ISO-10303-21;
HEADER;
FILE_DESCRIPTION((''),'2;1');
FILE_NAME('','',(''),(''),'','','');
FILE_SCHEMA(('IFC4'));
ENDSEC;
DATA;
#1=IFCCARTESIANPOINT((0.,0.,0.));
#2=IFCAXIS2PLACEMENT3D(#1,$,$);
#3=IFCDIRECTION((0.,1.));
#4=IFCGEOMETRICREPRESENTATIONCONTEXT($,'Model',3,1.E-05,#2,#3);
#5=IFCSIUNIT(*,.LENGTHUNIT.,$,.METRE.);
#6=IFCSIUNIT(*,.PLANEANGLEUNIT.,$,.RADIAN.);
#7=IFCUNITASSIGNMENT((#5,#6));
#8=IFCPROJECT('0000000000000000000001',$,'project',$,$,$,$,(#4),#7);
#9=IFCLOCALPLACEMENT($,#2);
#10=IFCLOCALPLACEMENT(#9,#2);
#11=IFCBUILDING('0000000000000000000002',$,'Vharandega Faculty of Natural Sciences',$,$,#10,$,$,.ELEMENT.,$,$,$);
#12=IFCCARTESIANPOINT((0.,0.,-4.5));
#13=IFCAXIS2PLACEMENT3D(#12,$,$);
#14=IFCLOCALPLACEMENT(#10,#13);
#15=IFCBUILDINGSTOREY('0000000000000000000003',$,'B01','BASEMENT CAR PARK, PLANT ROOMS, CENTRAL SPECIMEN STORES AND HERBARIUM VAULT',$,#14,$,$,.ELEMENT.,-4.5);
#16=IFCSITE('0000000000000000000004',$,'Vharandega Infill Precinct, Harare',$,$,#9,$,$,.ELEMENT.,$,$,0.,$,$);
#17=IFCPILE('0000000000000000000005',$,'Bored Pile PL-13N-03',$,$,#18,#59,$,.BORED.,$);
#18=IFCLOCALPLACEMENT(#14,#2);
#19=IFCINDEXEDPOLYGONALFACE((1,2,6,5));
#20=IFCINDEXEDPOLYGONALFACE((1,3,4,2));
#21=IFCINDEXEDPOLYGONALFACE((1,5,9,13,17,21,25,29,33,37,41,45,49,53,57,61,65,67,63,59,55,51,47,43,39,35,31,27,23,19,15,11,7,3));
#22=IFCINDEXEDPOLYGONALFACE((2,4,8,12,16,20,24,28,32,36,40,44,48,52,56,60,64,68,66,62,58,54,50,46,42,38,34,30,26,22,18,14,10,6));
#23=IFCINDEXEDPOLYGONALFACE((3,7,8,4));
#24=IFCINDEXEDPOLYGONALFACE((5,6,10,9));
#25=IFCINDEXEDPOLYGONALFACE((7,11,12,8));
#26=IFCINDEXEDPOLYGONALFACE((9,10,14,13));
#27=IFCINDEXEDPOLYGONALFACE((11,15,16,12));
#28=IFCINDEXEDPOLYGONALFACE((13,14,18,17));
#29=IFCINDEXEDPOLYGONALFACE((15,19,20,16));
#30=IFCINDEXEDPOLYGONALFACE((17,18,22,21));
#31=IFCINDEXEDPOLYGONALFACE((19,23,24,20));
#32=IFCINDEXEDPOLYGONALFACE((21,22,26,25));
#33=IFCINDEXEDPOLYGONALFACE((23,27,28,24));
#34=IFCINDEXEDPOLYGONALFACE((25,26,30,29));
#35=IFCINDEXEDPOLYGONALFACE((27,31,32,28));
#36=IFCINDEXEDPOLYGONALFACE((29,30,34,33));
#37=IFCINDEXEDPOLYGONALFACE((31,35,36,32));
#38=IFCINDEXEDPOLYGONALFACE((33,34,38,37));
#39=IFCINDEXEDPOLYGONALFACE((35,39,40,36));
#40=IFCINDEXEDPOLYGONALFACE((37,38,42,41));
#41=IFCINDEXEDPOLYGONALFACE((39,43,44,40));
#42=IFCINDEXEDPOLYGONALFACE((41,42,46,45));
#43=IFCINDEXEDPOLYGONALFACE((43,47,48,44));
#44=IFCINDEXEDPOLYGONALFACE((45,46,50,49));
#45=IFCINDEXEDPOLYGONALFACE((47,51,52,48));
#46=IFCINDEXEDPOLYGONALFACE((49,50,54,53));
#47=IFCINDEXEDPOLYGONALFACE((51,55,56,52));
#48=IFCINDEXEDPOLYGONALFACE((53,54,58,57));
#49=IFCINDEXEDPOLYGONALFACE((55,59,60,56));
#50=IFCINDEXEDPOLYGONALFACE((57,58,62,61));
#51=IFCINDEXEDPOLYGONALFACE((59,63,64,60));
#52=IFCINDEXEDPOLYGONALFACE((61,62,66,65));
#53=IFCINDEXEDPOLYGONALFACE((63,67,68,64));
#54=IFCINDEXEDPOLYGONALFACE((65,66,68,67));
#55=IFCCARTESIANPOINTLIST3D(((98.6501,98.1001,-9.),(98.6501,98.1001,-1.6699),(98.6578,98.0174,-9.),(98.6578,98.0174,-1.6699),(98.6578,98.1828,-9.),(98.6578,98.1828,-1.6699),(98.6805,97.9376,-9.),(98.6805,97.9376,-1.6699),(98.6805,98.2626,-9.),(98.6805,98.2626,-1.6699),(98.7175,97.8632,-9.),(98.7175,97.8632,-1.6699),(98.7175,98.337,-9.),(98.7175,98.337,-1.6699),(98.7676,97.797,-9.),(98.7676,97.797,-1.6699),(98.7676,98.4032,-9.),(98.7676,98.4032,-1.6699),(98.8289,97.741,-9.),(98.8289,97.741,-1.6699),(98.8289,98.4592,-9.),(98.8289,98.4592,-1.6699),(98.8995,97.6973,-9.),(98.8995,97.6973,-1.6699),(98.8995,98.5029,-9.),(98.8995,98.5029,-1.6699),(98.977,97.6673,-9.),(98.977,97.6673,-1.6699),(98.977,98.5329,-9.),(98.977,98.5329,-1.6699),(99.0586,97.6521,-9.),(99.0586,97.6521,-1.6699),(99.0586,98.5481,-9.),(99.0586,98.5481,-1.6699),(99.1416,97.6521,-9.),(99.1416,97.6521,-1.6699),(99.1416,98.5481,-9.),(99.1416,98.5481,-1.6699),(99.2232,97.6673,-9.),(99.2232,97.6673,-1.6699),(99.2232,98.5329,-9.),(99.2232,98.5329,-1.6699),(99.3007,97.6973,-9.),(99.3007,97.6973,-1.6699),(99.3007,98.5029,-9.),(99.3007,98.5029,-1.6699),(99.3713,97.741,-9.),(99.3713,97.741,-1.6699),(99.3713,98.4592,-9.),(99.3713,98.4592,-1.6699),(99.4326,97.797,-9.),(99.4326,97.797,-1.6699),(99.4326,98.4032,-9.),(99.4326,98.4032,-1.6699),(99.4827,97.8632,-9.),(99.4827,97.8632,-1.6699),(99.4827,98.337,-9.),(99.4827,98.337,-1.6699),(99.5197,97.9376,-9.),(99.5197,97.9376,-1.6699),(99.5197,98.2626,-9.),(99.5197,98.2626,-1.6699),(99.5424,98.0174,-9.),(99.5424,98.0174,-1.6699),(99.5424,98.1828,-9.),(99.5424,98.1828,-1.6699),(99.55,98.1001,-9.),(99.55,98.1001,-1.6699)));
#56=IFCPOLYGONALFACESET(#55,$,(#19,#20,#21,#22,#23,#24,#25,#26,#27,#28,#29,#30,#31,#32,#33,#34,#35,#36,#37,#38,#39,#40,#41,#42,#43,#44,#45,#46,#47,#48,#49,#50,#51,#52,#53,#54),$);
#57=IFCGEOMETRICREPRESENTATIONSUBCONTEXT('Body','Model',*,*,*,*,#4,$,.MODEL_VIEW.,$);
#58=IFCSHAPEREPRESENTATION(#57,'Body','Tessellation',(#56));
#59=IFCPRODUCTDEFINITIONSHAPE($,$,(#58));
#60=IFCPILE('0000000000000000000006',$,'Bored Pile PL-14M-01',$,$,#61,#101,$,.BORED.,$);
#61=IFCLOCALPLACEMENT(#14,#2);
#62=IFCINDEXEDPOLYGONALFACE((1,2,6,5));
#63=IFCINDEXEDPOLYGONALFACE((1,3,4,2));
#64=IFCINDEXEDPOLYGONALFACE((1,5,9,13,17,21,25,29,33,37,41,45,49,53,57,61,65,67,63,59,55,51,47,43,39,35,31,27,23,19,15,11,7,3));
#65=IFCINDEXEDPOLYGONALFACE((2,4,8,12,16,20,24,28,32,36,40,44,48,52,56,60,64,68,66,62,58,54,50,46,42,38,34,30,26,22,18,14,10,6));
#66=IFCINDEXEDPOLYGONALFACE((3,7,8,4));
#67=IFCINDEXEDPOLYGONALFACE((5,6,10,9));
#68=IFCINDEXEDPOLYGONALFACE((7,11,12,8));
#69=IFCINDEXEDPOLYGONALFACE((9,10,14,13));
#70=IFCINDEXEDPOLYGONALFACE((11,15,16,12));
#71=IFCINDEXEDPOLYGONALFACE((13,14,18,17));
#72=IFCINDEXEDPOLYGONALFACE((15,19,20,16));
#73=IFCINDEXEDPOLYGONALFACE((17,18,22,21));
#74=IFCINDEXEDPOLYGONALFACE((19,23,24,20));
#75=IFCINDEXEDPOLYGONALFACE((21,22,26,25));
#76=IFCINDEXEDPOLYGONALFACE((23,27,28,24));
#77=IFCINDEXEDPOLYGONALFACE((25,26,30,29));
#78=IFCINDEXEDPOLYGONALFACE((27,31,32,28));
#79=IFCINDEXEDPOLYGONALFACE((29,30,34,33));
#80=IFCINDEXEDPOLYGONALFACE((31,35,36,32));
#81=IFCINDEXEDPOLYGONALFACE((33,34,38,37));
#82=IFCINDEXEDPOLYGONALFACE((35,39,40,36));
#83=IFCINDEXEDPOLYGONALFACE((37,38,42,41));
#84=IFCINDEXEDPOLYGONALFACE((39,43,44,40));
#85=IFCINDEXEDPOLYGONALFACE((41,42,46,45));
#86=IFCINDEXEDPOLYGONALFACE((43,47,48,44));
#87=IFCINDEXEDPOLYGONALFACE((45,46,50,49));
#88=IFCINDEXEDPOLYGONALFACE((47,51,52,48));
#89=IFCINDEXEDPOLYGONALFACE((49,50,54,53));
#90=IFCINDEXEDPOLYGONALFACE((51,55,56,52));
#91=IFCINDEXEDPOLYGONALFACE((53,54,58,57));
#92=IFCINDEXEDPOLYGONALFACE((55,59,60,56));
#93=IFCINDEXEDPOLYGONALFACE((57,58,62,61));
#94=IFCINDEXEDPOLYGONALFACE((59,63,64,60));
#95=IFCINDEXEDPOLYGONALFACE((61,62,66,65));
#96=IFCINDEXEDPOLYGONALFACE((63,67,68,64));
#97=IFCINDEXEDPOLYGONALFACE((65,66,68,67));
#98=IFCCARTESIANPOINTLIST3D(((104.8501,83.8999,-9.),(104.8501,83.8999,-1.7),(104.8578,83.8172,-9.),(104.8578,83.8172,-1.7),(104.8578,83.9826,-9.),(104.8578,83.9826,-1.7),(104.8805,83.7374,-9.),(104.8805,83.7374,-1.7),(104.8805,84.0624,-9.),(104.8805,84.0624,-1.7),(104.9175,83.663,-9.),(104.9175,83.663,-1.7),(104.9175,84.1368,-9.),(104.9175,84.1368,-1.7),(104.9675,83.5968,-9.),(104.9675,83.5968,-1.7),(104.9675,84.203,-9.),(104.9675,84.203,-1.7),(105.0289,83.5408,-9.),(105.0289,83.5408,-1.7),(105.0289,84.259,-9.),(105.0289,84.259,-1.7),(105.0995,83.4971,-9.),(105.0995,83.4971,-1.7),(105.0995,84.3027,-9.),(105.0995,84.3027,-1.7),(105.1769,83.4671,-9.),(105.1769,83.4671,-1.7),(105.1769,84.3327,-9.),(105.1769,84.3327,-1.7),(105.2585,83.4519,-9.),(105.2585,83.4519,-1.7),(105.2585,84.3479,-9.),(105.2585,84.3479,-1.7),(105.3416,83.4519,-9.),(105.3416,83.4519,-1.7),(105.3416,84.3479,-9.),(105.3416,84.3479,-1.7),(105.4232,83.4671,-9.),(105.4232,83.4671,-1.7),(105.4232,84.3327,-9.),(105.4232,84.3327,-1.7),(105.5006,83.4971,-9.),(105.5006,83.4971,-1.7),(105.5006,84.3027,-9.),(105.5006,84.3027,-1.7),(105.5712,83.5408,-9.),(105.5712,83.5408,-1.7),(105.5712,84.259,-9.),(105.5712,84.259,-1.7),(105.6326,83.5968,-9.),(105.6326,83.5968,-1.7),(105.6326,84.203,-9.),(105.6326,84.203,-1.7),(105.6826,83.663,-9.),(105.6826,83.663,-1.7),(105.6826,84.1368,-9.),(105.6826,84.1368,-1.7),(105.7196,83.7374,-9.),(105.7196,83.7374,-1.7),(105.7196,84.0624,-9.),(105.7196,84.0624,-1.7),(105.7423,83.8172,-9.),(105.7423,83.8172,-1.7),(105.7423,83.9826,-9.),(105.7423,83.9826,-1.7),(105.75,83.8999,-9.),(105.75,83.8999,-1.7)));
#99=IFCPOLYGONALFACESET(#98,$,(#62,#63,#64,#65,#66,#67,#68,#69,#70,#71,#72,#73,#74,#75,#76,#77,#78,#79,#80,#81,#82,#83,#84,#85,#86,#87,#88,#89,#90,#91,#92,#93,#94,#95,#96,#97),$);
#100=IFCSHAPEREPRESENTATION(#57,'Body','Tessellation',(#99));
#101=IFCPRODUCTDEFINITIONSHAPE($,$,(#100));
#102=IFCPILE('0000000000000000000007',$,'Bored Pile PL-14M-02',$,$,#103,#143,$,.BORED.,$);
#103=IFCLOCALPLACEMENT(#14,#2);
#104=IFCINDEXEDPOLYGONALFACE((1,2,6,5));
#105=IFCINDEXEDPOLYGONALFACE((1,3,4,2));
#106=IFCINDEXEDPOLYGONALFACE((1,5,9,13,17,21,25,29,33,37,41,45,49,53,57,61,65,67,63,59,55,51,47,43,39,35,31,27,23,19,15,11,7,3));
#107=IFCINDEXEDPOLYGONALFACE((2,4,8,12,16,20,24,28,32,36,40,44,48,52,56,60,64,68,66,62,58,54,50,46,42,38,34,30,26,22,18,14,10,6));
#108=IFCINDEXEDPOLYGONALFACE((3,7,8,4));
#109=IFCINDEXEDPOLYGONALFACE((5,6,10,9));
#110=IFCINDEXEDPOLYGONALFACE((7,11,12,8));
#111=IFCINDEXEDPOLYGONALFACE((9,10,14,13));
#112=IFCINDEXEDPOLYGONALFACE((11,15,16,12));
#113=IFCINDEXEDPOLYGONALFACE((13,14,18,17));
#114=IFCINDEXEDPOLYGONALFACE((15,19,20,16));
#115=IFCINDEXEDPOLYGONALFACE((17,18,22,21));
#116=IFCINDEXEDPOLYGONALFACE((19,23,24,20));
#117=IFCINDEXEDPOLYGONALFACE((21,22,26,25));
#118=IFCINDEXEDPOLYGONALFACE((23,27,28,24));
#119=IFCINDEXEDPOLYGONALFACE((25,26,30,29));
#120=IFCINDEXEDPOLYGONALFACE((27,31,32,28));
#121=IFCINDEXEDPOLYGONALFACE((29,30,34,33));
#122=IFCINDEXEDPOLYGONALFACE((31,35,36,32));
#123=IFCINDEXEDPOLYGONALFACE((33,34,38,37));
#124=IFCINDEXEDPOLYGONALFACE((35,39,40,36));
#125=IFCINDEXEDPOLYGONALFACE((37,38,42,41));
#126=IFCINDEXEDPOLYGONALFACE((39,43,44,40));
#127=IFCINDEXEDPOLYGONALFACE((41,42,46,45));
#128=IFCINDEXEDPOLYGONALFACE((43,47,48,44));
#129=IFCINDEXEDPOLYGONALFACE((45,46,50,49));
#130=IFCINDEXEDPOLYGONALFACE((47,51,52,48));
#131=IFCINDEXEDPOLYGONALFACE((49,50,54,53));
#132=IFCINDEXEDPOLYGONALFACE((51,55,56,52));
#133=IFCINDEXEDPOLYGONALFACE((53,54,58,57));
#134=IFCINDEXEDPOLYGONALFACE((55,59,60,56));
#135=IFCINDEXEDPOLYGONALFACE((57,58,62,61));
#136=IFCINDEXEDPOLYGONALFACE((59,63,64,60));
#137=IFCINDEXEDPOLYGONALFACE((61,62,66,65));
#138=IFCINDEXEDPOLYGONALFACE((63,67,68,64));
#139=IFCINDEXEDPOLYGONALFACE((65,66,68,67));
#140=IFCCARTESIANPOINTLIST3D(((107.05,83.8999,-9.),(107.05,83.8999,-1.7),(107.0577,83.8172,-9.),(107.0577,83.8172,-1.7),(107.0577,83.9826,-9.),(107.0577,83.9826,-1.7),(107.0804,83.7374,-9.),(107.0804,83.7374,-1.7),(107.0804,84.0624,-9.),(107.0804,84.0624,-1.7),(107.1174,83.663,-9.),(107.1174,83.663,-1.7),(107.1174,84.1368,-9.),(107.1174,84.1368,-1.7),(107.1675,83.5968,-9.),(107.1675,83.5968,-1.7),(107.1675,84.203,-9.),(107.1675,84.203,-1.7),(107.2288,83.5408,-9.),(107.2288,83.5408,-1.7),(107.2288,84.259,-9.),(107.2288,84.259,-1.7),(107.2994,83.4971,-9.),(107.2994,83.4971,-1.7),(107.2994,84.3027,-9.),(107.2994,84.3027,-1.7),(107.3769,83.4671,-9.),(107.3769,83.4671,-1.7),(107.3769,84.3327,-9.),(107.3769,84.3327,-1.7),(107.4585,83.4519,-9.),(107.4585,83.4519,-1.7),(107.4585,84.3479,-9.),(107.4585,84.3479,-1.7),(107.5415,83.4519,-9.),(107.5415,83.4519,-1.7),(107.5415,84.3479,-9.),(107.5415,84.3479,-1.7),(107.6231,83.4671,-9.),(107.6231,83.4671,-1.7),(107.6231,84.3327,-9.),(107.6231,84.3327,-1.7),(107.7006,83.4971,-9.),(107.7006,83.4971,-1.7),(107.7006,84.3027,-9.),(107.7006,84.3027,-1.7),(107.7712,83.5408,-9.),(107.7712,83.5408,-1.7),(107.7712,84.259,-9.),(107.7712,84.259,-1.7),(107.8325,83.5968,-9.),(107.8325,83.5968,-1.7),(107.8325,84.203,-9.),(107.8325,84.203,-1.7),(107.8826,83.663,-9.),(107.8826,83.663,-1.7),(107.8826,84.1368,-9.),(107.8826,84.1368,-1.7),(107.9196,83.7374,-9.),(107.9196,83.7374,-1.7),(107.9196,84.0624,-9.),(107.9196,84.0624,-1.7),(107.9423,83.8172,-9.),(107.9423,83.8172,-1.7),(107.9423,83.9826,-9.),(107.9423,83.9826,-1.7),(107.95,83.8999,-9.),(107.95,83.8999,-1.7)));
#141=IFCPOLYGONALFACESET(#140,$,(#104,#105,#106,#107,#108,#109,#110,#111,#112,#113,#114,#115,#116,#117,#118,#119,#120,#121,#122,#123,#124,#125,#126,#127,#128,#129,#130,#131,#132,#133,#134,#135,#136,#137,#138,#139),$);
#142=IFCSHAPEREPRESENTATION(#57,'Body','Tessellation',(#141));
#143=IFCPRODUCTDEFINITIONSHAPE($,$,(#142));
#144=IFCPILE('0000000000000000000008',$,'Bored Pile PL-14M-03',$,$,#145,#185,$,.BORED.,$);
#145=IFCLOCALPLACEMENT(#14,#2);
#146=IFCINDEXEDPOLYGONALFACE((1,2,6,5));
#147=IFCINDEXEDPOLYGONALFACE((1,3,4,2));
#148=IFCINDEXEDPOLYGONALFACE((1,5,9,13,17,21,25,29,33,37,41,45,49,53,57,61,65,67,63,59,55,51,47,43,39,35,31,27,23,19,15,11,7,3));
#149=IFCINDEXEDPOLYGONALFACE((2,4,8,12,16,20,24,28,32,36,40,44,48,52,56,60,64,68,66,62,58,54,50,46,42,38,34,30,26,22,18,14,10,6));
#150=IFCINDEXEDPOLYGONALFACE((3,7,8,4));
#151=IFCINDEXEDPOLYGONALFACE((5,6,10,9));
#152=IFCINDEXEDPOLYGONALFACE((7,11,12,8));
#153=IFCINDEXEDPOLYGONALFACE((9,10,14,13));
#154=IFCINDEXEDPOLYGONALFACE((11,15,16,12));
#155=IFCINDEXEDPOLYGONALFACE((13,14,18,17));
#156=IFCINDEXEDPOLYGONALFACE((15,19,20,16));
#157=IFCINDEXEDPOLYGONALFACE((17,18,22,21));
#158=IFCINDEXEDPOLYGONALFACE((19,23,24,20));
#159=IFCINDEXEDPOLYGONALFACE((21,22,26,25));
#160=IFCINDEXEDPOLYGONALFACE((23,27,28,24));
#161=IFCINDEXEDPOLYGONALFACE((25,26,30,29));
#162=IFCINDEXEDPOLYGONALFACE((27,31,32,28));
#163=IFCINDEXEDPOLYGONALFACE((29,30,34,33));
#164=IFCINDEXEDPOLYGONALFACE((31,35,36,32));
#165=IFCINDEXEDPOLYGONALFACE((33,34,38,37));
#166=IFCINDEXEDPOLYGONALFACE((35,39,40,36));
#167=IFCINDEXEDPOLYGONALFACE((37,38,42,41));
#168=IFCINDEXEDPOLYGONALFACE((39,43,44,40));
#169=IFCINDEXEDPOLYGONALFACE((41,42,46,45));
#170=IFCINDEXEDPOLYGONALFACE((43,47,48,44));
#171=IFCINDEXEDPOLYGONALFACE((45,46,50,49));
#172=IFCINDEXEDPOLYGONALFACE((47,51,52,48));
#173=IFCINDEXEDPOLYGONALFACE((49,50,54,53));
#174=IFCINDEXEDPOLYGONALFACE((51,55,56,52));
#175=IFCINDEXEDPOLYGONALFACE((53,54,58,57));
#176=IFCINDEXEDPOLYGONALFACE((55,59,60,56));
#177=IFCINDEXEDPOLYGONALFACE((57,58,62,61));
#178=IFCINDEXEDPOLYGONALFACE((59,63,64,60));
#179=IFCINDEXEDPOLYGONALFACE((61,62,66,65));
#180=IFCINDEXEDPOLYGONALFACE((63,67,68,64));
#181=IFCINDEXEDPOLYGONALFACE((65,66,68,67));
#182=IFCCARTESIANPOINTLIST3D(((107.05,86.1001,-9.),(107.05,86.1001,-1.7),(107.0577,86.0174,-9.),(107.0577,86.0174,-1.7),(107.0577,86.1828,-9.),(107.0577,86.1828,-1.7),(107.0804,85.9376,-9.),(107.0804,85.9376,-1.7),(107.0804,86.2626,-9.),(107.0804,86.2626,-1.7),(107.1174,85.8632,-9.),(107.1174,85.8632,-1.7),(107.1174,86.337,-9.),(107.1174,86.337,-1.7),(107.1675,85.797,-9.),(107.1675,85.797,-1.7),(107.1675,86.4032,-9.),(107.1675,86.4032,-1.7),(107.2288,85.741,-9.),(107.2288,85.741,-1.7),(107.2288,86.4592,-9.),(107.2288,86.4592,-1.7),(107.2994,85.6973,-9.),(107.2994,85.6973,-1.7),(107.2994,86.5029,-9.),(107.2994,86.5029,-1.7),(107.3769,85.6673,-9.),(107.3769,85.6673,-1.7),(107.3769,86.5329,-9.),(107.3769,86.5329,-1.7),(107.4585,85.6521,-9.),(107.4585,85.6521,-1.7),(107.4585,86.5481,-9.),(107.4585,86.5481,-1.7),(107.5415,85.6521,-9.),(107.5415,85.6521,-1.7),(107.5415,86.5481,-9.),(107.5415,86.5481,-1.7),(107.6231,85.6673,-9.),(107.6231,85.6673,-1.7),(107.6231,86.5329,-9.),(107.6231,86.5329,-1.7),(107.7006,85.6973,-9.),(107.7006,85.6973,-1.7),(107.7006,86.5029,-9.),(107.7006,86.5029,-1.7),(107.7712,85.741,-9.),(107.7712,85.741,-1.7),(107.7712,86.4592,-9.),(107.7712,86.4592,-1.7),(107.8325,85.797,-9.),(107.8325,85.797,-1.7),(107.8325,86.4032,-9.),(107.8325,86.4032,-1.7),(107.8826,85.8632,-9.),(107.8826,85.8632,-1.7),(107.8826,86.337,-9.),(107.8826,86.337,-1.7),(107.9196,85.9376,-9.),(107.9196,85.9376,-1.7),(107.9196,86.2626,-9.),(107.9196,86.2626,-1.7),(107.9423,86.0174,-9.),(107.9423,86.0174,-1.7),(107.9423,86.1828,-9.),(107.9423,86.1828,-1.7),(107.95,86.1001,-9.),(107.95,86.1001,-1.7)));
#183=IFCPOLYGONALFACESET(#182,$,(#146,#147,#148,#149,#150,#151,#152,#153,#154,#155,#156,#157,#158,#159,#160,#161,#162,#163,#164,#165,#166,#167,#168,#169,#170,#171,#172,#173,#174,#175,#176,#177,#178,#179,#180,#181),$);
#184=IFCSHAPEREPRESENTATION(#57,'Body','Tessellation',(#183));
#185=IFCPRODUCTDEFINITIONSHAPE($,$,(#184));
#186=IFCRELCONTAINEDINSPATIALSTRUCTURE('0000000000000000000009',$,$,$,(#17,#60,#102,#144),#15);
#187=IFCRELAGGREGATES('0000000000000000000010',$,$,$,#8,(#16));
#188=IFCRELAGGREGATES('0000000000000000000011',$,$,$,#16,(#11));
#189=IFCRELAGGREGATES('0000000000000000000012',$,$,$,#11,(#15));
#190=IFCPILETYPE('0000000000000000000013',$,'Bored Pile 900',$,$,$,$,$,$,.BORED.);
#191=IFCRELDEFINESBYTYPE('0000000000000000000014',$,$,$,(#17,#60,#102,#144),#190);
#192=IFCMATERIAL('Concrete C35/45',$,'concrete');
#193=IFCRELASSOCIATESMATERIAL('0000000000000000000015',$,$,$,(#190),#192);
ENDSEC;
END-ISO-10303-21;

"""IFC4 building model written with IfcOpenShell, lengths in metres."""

from ifc_helpers import new_model, si_unit, direction, frame, origin, origin_2d, place, context, subcontext, project, spatial, circle, extrude, material, material_profile, profile_set, type_object, element, save


model = new_model("IFC4")

# Units and contexts
model_context = context("Model", 3, precision=1e-05, world=origin(), true_north=direction((0.0, 1.0)))
body_context = subcontext(model_context, "Body", "Model", "MODEL_VIEW")
ifc_project = project(units=[si_unit("LENGTHUNIT", "METRE"), si_unit("PLANEANGLEUNIT", "RADIAN")], contexts=[model_context])

# Site, building, storey
site_placement = place(None, origin())
site = spatial("IfcSite", under=ifc_project, at=site_placement, Name="Vharandega Infill Precinct, Harare", CompositionType="ELEMENT", RefElevation=0.0)
building_placement = place(site_placement, origin())
building = spatial("IfcBuilding", under=site, at=building_placement, Name="Vharandega Faculty of Natural Sciences", CompositionType="ELEMENT")
storey_placement = place(building_placement, frame((0.0, 0.0, -4.5)))
storey = spatial("IfcBuildingStorey", under=building, at=storey_placement, Name="B01", Description="BASEMENT CAR PARK, PLANT ROOMS, CENTRAL SPECIMEN STORES AND HERBARIUM VAULT", CompositionType="ELEMENT", Elevation=-4.5)

# Piles
ifc_material_1 = material(Name="Concrete C35/45", Category="concrete")
ifc_material_profile_1 = material_profile(ifc_material_1, circle(Radius=0.45, at=origin_2d()), Name="PILE 900")
ifc_profile_set_1 = profile_set([ifc_material_profile_1], Name="Concrete C35/45")
pile_type = type_object("IfcPileType", Name="Bored Pile 900", PredefinedType="BORED", material=ifc_profile_set_1)
for number, where, z_axis, x_axis, name in (
    (1, (99.1001, 98.1001, -1.6699), (0.0, 0.0, -1.0), (1.0, 0.0, 0.0), "Bored Pile PL-13N-03"),
):
    element("IfcPile", number, at=place(storey_placement, frame(where, z_axis=z_axis, x_axis=x_axis)), inside=storey, type_object=pile_type, Name=name, PredefinedType="BORED", context=body_context, shape_type="SweptSolid", body=[
        extrude(circle(Radius=0.45, at=origin_2d()), origin(), (0.0, 0.0, 1.0), 7.3301),
    ])
for number, where, z_axis, x_axis, name in (
    (2, (105.3, 83.8999, -1.7), (0.0, 0.0, -1.0), (1.0, 0.0, 0.0), "Bored Pile PL-14M-01"),
    (3, (107.5, 83.8999, -1.7), (0.0, 0.0, -1.0), (1.0, 0.0, 0.0), "Bored Pile PL-14M-02"),
    (4, (107.5, 86.1001, -1.7), (0.0, 0.0, -1.0), (1.0, 0.0, 0.0), "Bored Pile PL-14M-03"),
):
    element("IfcPile", number, at=place(storey_placement, frame(where, z_axis=z_axis, x_axis=x_axis)), inside=storey, type_object=pile_type, Name=name, PredefinedType="BORED", context=body_context, shape_type="SweptSolid", body=[
        extrude(circle(Radius=0.45, at=origin_2d()), origin(), (0.0, 0.0, 1.0), 7.3),
    ])

save(model, "model.ifc")
